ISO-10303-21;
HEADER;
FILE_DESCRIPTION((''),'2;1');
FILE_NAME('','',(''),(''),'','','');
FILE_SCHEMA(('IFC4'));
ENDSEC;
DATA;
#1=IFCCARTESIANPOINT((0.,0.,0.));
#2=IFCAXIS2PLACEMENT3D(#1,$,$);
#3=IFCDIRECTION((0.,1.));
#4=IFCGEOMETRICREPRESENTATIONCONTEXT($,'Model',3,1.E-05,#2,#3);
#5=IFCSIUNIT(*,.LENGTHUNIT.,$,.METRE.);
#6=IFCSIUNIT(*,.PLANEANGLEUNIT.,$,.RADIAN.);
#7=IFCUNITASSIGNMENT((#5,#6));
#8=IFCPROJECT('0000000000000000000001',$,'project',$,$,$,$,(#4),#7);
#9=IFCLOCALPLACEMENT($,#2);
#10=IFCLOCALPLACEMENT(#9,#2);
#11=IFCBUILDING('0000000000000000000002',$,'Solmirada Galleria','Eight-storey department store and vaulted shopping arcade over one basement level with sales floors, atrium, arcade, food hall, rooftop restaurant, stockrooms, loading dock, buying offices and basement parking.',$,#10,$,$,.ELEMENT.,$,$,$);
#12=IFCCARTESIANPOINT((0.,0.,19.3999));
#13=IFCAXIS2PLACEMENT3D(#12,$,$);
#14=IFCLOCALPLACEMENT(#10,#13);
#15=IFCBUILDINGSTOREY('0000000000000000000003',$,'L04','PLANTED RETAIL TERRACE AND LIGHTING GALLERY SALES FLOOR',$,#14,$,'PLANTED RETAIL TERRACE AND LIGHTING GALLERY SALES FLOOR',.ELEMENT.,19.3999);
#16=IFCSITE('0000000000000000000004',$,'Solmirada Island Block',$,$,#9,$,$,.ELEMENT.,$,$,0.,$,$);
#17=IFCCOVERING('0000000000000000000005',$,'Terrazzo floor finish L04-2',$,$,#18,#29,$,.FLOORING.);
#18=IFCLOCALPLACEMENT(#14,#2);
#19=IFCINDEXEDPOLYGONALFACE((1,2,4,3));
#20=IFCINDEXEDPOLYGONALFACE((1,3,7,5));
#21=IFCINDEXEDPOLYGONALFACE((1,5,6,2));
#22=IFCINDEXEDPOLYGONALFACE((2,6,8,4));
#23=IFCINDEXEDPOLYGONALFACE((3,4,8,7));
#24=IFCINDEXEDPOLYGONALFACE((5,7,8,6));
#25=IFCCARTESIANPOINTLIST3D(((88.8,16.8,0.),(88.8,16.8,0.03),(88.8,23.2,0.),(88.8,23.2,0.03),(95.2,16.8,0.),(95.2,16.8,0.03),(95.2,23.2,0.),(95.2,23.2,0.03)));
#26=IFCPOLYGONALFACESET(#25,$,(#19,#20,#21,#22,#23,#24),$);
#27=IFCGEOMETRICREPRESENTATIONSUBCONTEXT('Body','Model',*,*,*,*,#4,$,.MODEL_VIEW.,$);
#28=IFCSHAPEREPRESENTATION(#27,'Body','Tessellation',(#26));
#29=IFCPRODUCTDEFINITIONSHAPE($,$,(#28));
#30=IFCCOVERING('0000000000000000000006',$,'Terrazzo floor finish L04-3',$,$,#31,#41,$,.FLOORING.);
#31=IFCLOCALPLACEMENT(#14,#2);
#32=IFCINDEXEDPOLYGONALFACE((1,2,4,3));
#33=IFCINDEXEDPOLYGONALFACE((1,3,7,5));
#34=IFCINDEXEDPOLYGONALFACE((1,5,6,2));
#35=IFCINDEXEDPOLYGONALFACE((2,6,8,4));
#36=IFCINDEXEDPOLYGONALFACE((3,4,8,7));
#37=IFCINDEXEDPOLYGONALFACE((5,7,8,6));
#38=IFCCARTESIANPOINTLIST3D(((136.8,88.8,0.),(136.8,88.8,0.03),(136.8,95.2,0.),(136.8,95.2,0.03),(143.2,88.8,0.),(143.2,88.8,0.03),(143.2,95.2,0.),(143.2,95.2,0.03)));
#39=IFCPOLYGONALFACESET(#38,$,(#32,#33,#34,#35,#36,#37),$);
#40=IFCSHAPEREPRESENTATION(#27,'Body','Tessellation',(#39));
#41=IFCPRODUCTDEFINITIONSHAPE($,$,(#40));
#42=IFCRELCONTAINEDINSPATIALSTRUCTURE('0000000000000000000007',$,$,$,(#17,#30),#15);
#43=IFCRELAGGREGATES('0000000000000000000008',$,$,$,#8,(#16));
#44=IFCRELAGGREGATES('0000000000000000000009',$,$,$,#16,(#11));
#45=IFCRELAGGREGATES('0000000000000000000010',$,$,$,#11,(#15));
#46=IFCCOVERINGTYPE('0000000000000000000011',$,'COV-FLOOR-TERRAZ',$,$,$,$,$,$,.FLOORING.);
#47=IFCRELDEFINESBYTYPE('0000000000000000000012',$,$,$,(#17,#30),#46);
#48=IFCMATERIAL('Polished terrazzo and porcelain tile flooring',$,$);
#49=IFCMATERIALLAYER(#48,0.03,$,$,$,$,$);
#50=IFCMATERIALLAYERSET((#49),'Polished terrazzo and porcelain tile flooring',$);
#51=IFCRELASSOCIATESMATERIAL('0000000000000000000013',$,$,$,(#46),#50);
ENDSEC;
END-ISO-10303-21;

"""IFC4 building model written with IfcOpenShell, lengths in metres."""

from ifc_helpers import new_model, si_unit, direction, frame, origin, place, context, subcontext, project, spatial, polyline, outline, extrude, material, layer, layer_set, type_object, element, save


model = new_model("IFC4")

# Units and contexts
model_context = context("Model", 3, precision=1e-05, world=origin(), true_north=direction((0.0, 1.0)))
body_context = subcontext(model_context, "Body", "Model", "MODEL_VIEW")
ifc_project = project(units=[si_unit("LENGTHUNIT", "METRE"), si_unit("PLANEANGLEUNIT", "RADIAN")], contexts=[model_context])

# Site, building, storey
site_placement = place(None, origin())
site = spatial("IfcSite", under=ifc_project, at=site_placement, Name="Solmirada Island Block", CompositionType="ELEMENT", RefElevation=0.0)
building_placement = place(site_placement, origin())
building = spatial("IfcBuilding", under=site, at=building_placement, Name="Solmirada Galleria", Description="Eight-storey department store and vaulted shopping arcade over one basement level with sales floors, atrium, arcade, food hall, rooftop restaurant, stockrooms, loading dock, buying offices and basement parking.", CompositionType="ELEMENT")
storey_placement = place(building_placement, frame((0.0, 0.0, 19.3999)))
storey = spatial("IfcBuildingStorey", under=building, at=storey_placement, Name="L04", Description="PLANTED RETAIL TERRACE AND LIGHTING GALLERY SALES FLOOR", LongName="PLANTED RETAIL TERRACE AND LIGHTING GALLERY SALES FLOOR", CompositionType="ELEMENT", Elevation=19.3999)

# Coverings
ifc_material_1 = material(Name="Polished terrazzo and porcelain tile flooring")
ifc_layer_1 = layer(ifc_material_1, 0.03)
ifc_layer_set_1 = layer_set([ifc_layer_1], Name="Polished terrazzo and porcelain tile flooring")
covering_type_1 = type_object("IfcCoveringType", Name="COV-FLOOR-TERRAZ", PredefinedType="FLOORING", material=ifc_layer_set_1)
covering_1_placement = place(storey_placement, origin())
element("IfcCovering", 1, at=covering_1_placement, inside=storey, type_object=covering_type_1, Name="Terrazzo floor finish L04-2", PredefinedType="FLOORING", context=body_context, shape_type="SweptSolid", body=[
    extrude(outline(polyline([(88.8, 16.8), (95.2, 16.8), (95.2, 23.2), (88.8, 23.2), (88.8, 16.8)])), origin(), (0.0, 0.0, 1.0), 0.03),
])
covering_2_placement = place(storey_placement, origin())
element("IfcCovering", 2, at=covering_2_placement, inside=storey, type_object=covering_type_1, Name="Terrazzo floor finish L04-3", PredefinedType="FLOORING", context=body_context, shape_type="SweptSolid", body=[
    extrude(outline(polyline([(136.8, 88.8), (143.2, 88.8), (143.2, 95.2), (136.8, 95.2), (136.8, 88.8)])), origin(), (0.0, 0.0, 1.0), 0.03),
])

save(model, "model.ifc")
